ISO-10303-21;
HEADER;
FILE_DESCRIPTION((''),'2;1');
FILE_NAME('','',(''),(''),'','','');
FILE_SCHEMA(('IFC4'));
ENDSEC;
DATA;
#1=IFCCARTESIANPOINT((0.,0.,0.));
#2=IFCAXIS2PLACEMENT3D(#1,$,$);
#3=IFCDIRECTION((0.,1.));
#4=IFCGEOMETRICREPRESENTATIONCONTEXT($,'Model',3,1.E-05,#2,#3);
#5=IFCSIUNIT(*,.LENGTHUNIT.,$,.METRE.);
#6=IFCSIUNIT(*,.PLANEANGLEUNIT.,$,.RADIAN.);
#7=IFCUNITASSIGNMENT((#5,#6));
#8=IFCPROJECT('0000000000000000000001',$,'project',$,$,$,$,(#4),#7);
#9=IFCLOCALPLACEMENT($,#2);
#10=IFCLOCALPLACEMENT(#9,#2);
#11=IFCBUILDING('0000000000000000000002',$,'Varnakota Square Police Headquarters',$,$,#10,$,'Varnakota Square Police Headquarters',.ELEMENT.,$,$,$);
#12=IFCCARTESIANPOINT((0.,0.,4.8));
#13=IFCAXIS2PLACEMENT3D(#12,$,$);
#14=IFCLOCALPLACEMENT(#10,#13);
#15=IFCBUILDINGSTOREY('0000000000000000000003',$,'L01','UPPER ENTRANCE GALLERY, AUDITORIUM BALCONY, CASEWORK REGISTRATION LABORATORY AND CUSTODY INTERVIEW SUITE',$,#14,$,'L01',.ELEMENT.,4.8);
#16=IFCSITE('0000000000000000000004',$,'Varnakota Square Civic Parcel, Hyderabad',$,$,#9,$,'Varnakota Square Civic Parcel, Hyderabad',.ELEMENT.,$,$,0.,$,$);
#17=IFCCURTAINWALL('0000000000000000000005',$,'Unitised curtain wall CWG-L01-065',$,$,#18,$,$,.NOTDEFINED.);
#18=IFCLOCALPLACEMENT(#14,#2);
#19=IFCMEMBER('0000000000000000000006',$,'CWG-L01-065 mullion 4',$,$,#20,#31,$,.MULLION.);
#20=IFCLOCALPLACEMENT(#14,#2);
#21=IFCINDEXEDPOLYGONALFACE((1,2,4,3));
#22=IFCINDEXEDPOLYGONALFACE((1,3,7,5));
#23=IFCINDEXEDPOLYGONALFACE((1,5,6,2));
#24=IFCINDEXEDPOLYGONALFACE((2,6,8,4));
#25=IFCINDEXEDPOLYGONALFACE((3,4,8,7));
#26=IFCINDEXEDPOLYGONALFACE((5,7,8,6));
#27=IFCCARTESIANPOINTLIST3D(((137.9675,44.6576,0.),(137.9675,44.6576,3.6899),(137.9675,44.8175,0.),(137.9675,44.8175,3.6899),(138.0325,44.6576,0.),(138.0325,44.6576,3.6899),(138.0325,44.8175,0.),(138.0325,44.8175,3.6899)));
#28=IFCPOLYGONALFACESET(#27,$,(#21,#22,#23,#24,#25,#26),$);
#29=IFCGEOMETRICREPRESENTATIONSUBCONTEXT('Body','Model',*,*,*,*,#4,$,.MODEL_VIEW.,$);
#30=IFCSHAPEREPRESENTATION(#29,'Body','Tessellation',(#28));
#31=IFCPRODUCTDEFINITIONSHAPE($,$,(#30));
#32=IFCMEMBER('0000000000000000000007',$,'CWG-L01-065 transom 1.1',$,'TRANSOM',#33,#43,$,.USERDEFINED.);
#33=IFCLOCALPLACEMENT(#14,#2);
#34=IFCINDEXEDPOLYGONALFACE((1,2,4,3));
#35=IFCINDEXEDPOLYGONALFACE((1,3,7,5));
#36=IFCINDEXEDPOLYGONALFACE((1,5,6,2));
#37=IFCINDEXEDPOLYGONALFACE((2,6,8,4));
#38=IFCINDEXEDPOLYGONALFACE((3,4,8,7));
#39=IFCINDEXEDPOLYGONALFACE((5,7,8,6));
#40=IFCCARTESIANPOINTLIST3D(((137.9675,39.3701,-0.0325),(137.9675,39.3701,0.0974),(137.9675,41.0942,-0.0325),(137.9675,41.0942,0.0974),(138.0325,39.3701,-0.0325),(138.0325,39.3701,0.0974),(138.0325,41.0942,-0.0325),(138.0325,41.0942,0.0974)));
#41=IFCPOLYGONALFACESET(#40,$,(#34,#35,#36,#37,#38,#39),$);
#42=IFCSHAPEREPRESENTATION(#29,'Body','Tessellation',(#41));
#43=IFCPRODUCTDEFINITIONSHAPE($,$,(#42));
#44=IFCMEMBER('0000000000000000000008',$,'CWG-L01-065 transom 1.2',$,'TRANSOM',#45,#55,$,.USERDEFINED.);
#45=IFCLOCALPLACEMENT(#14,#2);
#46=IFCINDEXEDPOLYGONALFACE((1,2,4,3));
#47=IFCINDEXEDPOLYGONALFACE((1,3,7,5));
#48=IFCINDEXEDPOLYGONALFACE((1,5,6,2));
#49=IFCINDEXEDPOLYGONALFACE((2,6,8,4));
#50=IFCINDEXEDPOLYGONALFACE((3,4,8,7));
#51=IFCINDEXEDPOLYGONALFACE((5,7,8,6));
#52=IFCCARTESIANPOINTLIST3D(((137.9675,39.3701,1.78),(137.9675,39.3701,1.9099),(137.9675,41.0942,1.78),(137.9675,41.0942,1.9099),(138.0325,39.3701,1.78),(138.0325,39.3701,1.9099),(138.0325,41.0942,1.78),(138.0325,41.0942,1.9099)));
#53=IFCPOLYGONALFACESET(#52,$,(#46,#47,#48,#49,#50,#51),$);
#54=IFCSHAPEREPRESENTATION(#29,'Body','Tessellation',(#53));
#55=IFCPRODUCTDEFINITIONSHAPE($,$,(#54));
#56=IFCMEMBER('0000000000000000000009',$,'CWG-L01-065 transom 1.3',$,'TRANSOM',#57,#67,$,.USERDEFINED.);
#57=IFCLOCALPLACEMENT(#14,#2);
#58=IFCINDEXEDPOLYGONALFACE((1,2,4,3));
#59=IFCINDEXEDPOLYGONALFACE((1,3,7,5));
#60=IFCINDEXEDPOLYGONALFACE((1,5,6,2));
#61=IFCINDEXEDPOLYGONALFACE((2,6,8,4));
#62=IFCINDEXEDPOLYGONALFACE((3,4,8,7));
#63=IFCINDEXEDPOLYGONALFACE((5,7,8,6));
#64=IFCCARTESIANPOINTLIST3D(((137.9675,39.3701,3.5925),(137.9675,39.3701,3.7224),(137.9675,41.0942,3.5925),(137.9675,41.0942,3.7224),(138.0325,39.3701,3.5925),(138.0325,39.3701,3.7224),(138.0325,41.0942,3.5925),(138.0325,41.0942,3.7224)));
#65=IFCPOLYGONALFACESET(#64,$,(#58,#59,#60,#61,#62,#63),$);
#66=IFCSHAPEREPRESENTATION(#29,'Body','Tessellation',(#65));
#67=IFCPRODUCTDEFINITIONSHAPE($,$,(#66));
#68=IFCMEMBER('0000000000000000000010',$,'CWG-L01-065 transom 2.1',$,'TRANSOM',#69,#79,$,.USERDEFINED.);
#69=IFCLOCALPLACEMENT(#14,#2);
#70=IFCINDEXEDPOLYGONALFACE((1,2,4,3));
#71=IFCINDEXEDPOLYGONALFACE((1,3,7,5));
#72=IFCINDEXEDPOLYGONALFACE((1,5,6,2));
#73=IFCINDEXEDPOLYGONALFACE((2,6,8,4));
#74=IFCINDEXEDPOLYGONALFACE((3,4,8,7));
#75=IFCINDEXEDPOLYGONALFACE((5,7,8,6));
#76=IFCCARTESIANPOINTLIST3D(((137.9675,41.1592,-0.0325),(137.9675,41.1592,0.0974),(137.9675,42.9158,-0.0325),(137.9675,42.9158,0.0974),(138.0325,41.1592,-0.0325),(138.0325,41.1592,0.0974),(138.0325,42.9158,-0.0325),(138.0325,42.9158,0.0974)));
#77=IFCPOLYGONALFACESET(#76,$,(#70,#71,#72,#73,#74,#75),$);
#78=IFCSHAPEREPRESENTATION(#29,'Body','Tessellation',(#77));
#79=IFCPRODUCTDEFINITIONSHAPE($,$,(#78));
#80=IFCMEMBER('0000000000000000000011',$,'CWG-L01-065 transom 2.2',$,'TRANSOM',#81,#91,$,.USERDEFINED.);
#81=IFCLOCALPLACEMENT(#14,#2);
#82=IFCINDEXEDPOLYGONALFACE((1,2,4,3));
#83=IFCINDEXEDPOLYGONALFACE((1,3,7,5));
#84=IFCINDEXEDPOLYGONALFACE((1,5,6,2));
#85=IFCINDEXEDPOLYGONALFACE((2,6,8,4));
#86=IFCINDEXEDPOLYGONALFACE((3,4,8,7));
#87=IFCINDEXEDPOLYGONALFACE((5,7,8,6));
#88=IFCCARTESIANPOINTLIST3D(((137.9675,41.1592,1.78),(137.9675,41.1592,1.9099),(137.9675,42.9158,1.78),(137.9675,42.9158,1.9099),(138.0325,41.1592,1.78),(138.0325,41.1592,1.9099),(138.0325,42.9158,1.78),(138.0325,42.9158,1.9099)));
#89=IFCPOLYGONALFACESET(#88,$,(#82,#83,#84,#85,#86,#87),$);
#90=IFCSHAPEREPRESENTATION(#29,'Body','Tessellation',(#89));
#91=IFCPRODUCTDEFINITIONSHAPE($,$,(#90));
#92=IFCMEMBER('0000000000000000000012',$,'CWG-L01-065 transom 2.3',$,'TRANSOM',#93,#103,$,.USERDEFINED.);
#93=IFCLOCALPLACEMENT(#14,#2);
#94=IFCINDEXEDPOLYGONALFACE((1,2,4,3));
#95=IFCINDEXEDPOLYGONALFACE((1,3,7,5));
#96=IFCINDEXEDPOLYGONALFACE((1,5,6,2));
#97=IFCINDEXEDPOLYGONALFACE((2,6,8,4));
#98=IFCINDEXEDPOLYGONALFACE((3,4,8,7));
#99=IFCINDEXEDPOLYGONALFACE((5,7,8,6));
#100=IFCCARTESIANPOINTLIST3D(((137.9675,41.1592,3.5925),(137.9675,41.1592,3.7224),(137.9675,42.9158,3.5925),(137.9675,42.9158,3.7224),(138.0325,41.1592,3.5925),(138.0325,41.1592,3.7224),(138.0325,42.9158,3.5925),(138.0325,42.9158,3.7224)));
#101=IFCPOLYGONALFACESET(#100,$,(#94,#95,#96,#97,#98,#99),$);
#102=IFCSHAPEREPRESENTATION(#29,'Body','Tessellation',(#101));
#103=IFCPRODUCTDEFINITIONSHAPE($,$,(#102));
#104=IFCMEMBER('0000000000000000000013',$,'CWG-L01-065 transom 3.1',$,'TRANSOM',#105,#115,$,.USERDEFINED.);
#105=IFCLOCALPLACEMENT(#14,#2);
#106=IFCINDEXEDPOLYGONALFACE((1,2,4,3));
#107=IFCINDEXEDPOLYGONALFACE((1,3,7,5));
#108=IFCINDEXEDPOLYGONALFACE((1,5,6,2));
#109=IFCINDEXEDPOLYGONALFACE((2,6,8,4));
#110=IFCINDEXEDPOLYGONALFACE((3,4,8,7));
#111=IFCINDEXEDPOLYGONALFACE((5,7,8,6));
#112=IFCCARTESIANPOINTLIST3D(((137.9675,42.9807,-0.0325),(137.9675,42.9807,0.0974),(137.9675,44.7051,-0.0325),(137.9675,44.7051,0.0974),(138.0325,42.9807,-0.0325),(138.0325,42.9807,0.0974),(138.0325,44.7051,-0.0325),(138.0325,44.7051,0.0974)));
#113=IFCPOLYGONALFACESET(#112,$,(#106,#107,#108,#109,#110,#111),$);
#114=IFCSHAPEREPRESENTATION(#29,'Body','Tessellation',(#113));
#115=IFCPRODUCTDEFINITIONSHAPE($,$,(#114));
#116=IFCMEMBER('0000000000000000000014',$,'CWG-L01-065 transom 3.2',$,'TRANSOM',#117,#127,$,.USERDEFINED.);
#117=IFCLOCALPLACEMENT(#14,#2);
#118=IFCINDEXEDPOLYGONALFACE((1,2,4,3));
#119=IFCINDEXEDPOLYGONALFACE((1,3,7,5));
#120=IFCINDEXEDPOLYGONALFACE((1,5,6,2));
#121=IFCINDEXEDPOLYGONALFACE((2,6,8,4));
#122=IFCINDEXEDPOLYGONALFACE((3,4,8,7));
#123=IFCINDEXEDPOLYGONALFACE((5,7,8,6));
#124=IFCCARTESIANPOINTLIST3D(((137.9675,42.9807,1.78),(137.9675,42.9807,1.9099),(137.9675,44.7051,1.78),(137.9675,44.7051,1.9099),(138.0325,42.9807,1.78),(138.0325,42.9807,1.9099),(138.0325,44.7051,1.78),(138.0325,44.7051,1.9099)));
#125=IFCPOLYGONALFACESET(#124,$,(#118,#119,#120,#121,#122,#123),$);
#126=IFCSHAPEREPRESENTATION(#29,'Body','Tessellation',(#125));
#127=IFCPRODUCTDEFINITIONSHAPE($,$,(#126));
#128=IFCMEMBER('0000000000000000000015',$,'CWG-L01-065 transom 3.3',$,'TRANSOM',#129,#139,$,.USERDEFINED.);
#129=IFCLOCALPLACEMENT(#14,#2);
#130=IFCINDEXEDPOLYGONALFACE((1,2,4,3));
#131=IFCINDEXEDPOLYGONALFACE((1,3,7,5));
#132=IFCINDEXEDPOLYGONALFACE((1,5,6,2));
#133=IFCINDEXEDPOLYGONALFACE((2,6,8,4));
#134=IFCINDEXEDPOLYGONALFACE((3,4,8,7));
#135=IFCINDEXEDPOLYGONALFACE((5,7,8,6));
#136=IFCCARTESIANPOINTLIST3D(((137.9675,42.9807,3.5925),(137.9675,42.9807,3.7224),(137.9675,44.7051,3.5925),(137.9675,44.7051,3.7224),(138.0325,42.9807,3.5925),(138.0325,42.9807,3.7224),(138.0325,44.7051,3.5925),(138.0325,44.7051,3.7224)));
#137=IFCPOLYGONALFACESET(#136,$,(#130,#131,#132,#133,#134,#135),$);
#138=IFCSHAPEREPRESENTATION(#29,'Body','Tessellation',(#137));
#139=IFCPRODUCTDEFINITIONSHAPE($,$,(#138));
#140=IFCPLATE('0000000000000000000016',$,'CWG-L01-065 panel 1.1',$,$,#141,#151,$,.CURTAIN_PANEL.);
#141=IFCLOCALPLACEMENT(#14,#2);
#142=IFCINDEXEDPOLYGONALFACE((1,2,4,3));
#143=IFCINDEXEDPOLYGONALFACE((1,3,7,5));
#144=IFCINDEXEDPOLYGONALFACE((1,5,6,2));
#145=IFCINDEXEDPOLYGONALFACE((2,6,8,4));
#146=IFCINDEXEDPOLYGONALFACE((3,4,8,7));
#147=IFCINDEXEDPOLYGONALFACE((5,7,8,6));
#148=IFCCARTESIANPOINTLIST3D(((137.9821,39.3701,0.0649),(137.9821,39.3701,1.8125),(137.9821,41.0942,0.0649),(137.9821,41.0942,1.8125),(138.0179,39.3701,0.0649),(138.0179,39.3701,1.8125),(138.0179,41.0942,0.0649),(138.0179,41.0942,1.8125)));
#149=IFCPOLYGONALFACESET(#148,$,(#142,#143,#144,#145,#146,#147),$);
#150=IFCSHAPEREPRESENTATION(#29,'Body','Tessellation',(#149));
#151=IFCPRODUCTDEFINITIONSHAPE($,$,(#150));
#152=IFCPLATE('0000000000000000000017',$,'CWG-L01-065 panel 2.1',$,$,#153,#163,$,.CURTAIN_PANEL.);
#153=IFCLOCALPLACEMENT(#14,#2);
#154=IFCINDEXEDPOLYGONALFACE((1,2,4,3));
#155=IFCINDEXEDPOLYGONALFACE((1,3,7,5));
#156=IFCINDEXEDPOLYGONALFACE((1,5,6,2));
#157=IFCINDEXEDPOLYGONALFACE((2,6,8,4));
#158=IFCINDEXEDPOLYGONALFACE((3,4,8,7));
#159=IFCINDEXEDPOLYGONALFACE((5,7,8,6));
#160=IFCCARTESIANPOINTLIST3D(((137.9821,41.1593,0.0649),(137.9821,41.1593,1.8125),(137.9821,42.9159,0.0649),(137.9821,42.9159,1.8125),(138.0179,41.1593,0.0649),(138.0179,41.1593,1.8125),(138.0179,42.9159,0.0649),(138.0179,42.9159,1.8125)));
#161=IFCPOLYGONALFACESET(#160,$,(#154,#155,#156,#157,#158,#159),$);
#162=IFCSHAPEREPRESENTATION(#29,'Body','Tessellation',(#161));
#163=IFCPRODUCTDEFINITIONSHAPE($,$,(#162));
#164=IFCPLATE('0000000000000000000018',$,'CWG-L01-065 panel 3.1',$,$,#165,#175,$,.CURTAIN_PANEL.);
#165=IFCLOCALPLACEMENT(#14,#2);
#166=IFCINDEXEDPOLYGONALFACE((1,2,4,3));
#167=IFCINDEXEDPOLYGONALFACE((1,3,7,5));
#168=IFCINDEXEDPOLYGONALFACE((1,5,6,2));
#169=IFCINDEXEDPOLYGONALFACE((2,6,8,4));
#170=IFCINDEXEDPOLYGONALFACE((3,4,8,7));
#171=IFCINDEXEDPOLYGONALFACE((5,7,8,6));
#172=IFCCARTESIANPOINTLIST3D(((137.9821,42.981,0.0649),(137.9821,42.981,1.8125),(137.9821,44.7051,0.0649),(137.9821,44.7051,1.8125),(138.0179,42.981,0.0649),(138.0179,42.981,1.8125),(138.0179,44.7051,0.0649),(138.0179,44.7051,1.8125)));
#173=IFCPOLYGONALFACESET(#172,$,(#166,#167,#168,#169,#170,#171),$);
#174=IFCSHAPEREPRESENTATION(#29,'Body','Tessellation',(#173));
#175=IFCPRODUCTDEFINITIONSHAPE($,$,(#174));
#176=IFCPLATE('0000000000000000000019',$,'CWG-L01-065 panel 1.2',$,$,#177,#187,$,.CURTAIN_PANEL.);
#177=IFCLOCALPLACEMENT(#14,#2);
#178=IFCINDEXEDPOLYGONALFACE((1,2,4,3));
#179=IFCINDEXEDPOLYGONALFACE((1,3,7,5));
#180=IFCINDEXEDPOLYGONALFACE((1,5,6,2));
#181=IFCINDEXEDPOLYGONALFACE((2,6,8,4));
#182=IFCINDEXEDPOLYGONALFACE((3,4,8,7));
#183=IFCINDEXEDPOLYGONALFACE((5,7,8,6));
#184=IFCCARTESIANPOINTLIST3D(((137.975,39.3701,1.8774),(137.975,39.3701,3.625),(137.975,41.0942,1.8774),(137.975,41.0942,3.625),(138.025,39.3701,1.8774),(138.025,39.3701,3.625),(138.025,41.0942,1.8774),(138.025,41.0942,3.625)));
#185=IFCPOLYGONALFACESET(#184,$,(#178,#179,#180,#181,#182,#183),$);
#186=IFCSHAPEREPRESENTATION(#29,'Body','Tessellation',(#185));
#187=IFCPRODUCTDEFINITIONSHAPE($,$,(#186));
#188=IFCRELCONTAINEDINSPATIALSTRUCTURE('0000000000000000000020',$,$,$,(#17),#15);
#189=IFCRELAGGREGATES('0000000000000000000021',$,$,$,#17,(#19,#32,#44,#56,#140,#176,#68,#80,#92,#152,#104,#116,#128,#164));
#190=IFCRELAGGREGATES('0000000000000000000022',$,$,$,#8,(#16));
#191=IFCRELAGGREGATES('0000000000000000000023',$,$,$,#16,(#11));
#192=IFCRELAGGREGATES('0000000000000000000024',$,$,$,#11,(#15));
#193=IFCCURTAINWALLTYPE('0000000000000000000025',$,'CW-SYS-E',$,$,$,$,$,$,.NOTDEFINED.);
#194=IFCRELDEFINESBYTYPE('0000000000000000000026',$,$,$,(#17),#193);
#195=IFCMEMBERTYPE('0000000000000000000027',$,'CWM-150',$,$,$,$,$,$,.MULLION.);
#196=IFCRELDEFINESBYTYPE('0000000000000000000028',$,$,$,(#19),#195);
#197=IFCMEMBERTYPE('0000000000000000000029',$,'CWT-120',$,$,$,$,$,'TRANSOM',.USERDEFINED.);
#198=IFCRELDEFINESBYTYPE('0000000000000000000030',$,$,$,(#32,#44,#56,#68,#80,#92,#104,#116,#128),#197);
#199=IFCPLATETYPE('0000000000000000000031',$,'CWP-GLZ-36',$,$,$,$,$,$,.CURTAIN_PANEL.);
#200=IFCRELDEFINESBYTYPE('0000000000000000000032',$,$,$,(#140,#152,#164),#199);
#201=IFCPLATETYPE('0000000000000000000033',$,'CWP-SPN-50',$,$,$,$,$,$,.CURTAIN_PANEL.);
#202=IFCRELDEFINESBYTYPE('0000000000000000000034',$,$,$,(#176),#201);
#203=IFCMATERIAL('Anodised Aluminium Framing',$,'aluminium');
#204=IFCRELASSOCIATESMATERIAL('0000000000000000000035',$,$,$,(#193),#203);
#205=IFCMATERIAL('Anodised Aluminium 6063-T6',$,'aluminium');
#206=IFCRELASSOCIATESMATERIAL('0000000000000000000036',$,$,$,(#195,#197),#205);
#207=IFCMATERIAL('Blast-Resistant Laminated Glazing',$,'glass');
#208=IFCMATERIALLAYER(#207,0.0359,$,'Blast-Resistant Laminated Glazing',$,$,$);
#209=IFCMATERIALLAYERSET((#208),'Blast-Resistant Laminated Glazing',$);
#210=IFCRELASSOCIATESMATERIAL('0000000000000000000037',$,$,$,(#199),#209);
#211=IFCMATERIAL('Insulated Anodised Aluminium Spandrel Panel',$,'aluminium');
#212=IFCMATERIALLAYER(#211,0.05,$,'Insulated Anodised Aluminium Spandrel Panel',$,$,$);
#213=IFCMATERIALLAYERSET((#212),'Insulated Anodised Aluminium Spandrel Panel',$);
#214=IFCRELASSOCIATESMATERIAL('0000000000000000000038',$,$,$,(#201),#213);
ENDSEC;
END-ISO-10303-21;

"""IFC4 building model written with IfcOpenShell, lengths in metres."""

from ifc_helpers import new_model, si_unit, direction, frame, origin, origin_2d, place, context, subcontext, project, spatial, rectangle, extrude, material, layer, layer_set, material_profile, profile_set, type_object, element, aggregate, save


model = new_model("IFC4")

# Units and contexts
model_context = context("Model", 3, precision=1e-05, world=origin(), true_north=direction((0.0, 1.0)))
body_context = subcontext(model_context, "Body", "Model", "MODEL_VIEW")
ifc_project = project(units=[si_unit("LENGTHUNIT", "METRE"), si_unit("PLANEANGLEUNIT", "RADIAN")], contexts=[model_context])

# Site, building, storey
site_placement = place(None, origin())
site = spatial("IfcSite", under=ifc_project, at=site_placement, Name="Varnakota Square Civic Parcel, Hyderabad", LongName="Varnakota Square Civic Parcel, Hyderabad", CompositionType="ELEMENT", RefElevation=0.0)
building_placement = place(site_placement, origin())
building = spatial("IfcBuilding", under=site, at=building_placement, Name="Varnakota Square Police Headquarters", LongName="Varnakota Square Police Headquarters", CompositionType="ELEMENT")
storey_placement = place(building_placement, frame((0.0, 0.0, 4.8)))
storey = spatial("IfcBuildingStorey", under=building, at=storey_placement, Name="L01", Description="UPPER ENTRANCE GALLERY, AUDITORIUM BALCONY, CASEWORK REGISTRATION LABORATORY AND CUSTODY INTERVIEW SUITE", LongName="L01", CompositionType="ELEMENT", Elevation=4.8)

# Curtain wall, members, plates
ifc_material_1 = material(Name="Anodised Aluminium Framing", Category="aluminium")
curtain_wall_type = type_object("IfcCurtainWallType", Name="CW-SYS-E", PredefinedType="NOTDEFINED", material=ifc_material_1)
curtain_wall_placement = place(storey_placement, origin())
curtain_wall = element("IfcCurtainWall", 1, at=curtain_wall_placement, inside=storey, type_object=curtain_wall_type, Name="Unitised curtain wall CWG-L01-065", PredefinedType="NOTDEFINED")
ifc_material_2 = material(Name="Anodised Aluminium 6063-T6", Category="aluminium")
ifc_material_profile_1 = material_profile(ifc_material_2, rectangle(XDim=0.0649, YDim=0.1599, at=origin_2d()), Name="ALU MULLION 65x160")
ifc_profile_set_1 = profile_set([ifc_material_profile_1], Name="Anodised Aluminium 6063-T6")
member_type_1 = type_object("IfcMemberType", Name="CWM-150", PredefinedType="MULLION", material=ifc_profile_set_1)
member_1_placement = place(storey_placement, frame((138.0, 44.7375, 0.0), z_axis=(0.0, 0.0, 1.0), x_axis=(-1.0, 0.0, 0.0)))
member_1 = element("IfcMember", 2, at=member_1_placement, type_object=member_type_1, Name="CWG-L01-065 mullion 4", PredefinedType="MULLION", context=body_context, shape_type="SweptSolid", body=[
    extrude(rectangle(XDim=0.0649, YDim=0.1599, at=origin_2d()), origin(), (0.0, 0.0, 1.0), 3.6899),
])
ifc_material_profile_2 = material_profile(ifc_material_2, rectangle(XDim=0.0649, YDim=0.1299, at=origin_2d()), Name="ALU TRANSOM 65x130")
ifc_profile_set_2 = profile_set([ifc_material_profile_2], Name="Anodised Aluminium 6063-T6")
member_type_2 = type_object("IfcMemberType", Name="CWT-120", ElementType="TRANSOM", PredefinedType="USERDEFINED", material=ifc_profile_set_2)
member_2_placement = place(storey_placement, frame((138.0, 39.3701, 0.0325), z_axis=(0.0, 1.0, 0.0), x_axis=(-1.0, 0.0, 0.0)))
member_2 = element("IfcMember", 3, at=member_2_placement, type_object=member_type_2, Name="CWG-L01-065 transom 1.1", ObjectType="TRANSOM", PredefinedType="USERDEFINED", context=body_context, shape_type="SweptSolid", body=[
    extrude(rectangle(XDim=0.0649, YDim=0.1299, at=origin_2d()), origin(), (0.0, 0.0, 1.0), 1.7241),
])
member_3_placement = place(storey_placement, frame((138.0, 39.3701, 1.845), z_axis=(0.0, 1.0, 0.0), x_axis=(-1.0, 0.0, 0.0)))
member_3 = element("IfcMember", 4, at=member_3_placement, type_object=member_type_2, Name="CWG-L01-065 transom 1.2", ObjectType="TRANSOM", PredefinedType="USERDEFINED", context=body_context, shape_type="SweptSolid", body=[
    extrude(rectangle(XDim=0.0649, YDim=0.1299, at=origin_2d()), origin(), (0.0, 0.0, 1.0), 1.7241),
])
member_4_placement = place(storey_placement, frame((138.0, 39.3701, 3.6575), z_axis=(0.0, 1.0, 0.0), x_axis=(-1.0, 0.0, 0.0)))
member_4 = element("IfcMember", 5, at=member_4_placement, type_object=member_type_2, Name="CWG-L01-065 transom 1.3", ObjectType="TRANSOM", PredefinedType="USERDEFINED", context=body_context, shape_type="SweptSolid", body=[
    extrude(rectangle(XDim=0.0649, YDim=0.1299, at=origin_2d()), origin(), (0.0, 0.0, 1.0), 1.7241),
])
member_5_placement = place(storey_placement, frame((138.0, 41.1592, 0.0325), z_axis=(0.0, 1.0, 0.0), x_axis=(-1.0, 0.0, 0.0)))
member_5 = element("IfcMember", 6, at=member_5_placement, type_object=member_type_2, Name="CWG-L01-065 transom 2.1", ObjectType="TRANSOM", PredefinedType="USERDEFINED", context=body_context, shape_type="SweptSolid", body=[
    extrude(rectangle(XDim=0.0649, YDim=0.1299, at=origin_2d()), origin(), (0.0, 0.0, 1.0), 1.7566),
])
member_6_placement = place(storey_placement, frame((138.0, 41.1592, 1.845), z_axis=(0.0, 1.0, 0.0), x_axis=(-1.0, 0.0, 0.0)))
member_6 = element("IfcMember", 7, at=member_6_placement, type_object=member_type_2, Name="CWG-L01-065 transom 2.2", ObjectType="TRANSOM", PredefinedType="USERDEFINED", context=body_context, shape_type="SweptSolid", body=[
    extrude(rectangle(XDim=0.0649, YDim=0.1299, at=origin_2d()), origin(), (0.0, 0.0, 1.0), 1.7566),
])
member_7_placement = place(storey_placement, frame((138.0, 41.1592, 3.6575), z_axis=(0.0, 1.0, 0.0), x_axis=(-1.0, 0.0, 0.0)))
member_7 = element("IfcMember", 8, at=member_7_placement, type_object=member_type_2, Name="CWG-L01-065 transom 2.3", ObjectType="TRANSOM", PredefinedType="USERDEFINED", context=body_context, shape_type="SweptSolid", body=[
    extrude(rectangle(XDim=0.0649, YDim=0.1299, at=origin_2d()), origin(), (0.0, 0.0, 1.0), 1.7566),
])
member_8_placement = place(storey_placement, frame((138.0, 42.9807, 0.0325), z_axis=(0.0, 1.0, 0.0), x_axis=(-1.0, 0.0, 0.0)))
member_8 = element("IfcMember", 9, at=member_8_placement, type_object=member_type_2, Name="CWG-L01-065 transom 3.1", ObjectType="TRANSOM", PredefinedType="USERDEFINED", context=body_context, shape_type="SweptSolid", body=[
    extrude(rectangle(XDim=0.0649, YDim=0.1299, at=origin_2d()), origin(), (0.0, 0.0, 1.0), 1.7244),
])
member_9_placement = place(storey_placement, frame((138.0, 42.9807, 1.845), z_axis=(0.0, 1.0, 0.0), x_axis=(-1.0, 0.0, 0.0)))
member_9 = element("IfcMember", 10, at=member_9_placement, type_object=member_type_2, Name="CWG-L01-065 transom 3.2", ObjectType="TRANSOM", PredefinedType="USERDEFINED", context=body_context, shape_type="SweptSolid", body=[
    extrude(rectangle(XDim=0.0649, YDim=0.1299, at=origin_2d()), origin(), (0.0, 0.0, 1.0), 1.7244),
])
member_10_placement = place(storey_placement, frame((138.0, 42.9807, 3.6575), z_axis=(0.0, 1.0, 0.0), x_axis=(-1.0, 0.0, 0.0)))
member_10 = element("IfcMember", 11, at=member_10_placement, type_object=member_type_2, Name="CWG-L01-065 transom 3.3", ObjectType="TRANSOM", PredefinedType="USERDEFINED", context=body_context, shape_type="SweptSolid", body=[
    extrude(rectangle(XDim=0.0649, YDim=0.1299, at=origin_2d()), origin(), (0.0, 0.0, 1.0), 1.7244),
])
ifc_material_3 = material(Name="Blast-Resistant Laminated Glazing", Category="glass")
ifc_layer_1 = layer(ifc_material_3, 0.0359, Name="Blast-Resistant Laminated Glazing")
ifc_layer_set_1 = layer_set([ifc_layer_1], Name="Blast-Resistant Laminated Glazing")
plate_type_1 = type_object("IfcPlateType", Name="CWP-GLZ-36", PredefinedType="CURTAIN_PANEL", material=ifc_layer_set_1)
plate_1_placement = place(storey_placement, frame((138.0, 40.2322, 0.0649), z_axis=(0.0, 0.0, 1.0), x_axis=(0.0, 1.0, 0.0)))
plate_1 = element("IfcPlate", 12, at=plate_1_placement, type_object=plate_type_1, Name="CWG-L01-065 panel 1.1", PredefinedType="CURTAIN_PANEL", context=body_context, shape_type="SweptSolid", body=[
    extrude(rectangle(XDim=1.7241, YDim=0.0359, at=origin_2d()), origin(), (0.0, 0.0, 1.0), 1.7476),
])
plate_2_placement = place(storey_placement, frame((138.0, 42.0376, 0.0649), z_axis=(0.0, 0.0, 1.0), x_axis=(0.0, 1.0, 0.0)))
plate_2 = element("IfcPlate", 13, at=plate_2_placement, type_object=plate_type_1, Name="CWG-L01-065 panel 2.1", PredefinedType="CURTAIN_PANEL", context=body_context, shape_type="SweptSolid", body=[
    extrude(rectangle(XDim=1.7566, YDim=0.0359, at=origin_2d()), origin(), (0.0, 0.0, 1.0), 1.7476),
])
plate_3_placement = place(storey_placement, frame((138.0, 43.843, 0.0649), z_axis=(0.0, 0.0, 1.0), x_axis=(0.0, 1.0, 0.0)))
plate_3 = element("IfcPlate", 14, at=plate_3_placement, type_object=plate_type_1, Name="CWG-L01-065 panel 3.1", PredefinedType="CURTAIN_PANEL", context=body_context, shape_type="SweptSolid", body=[
    extrude(rectangle(XDim=1.7241, YDim=0.0359, at=origin_2d()), origin(), (0.0, 0.0, 1.0), 1.7476),
])
ifc_material_4 = material(Name="Insulated Anodised Aluminium Spandrel Panel", Category="aluminium")
ifc_layer_2 = layer(ifc_material_4, 0.05, Name="Insulated Anodised Aluminium Spandrel Panel")
ifc_layer_set_2 = layer_set([ifc_layer_2], Name="Insulated Anodised Aluminium Spandrel Panel")
plate_type_2 = type_object("IfcPlateType", Name="CWP-SPN-50", PredefinedType="CURTAIN_PANEL", material=ifc_layer_set_2)
plate_4_placement = place(storey_placement, frame((138.0, 40.2322, 1.8774), z_axis=(0.0, 0.0, 1.0), x_axis=(0.0, 1.0, 0.0)))
plate_4 = element("IfcPlate", 15, at=plate_4_placement, type_object=plate_type_2, Name="CWG-L01-065 panel 1.2", PredefinedType="CURTAIN_PANEL", context=body_context, shape_type="SweptSolid", body=[
    extrude(rectangle(XDim=1.7241, YDim=0.05, at=origin_2d()), origin(), (0.0, 0.0, 1.0), 1.7476),
])
aggregate(curtain_wall, [member_1, member_2, member_3, member_4, plate_1, plate_4, member_5, member_6, member_7, plate_2, member_8, member_9, member_10, plate_3])

save(model, "model.ifc")
